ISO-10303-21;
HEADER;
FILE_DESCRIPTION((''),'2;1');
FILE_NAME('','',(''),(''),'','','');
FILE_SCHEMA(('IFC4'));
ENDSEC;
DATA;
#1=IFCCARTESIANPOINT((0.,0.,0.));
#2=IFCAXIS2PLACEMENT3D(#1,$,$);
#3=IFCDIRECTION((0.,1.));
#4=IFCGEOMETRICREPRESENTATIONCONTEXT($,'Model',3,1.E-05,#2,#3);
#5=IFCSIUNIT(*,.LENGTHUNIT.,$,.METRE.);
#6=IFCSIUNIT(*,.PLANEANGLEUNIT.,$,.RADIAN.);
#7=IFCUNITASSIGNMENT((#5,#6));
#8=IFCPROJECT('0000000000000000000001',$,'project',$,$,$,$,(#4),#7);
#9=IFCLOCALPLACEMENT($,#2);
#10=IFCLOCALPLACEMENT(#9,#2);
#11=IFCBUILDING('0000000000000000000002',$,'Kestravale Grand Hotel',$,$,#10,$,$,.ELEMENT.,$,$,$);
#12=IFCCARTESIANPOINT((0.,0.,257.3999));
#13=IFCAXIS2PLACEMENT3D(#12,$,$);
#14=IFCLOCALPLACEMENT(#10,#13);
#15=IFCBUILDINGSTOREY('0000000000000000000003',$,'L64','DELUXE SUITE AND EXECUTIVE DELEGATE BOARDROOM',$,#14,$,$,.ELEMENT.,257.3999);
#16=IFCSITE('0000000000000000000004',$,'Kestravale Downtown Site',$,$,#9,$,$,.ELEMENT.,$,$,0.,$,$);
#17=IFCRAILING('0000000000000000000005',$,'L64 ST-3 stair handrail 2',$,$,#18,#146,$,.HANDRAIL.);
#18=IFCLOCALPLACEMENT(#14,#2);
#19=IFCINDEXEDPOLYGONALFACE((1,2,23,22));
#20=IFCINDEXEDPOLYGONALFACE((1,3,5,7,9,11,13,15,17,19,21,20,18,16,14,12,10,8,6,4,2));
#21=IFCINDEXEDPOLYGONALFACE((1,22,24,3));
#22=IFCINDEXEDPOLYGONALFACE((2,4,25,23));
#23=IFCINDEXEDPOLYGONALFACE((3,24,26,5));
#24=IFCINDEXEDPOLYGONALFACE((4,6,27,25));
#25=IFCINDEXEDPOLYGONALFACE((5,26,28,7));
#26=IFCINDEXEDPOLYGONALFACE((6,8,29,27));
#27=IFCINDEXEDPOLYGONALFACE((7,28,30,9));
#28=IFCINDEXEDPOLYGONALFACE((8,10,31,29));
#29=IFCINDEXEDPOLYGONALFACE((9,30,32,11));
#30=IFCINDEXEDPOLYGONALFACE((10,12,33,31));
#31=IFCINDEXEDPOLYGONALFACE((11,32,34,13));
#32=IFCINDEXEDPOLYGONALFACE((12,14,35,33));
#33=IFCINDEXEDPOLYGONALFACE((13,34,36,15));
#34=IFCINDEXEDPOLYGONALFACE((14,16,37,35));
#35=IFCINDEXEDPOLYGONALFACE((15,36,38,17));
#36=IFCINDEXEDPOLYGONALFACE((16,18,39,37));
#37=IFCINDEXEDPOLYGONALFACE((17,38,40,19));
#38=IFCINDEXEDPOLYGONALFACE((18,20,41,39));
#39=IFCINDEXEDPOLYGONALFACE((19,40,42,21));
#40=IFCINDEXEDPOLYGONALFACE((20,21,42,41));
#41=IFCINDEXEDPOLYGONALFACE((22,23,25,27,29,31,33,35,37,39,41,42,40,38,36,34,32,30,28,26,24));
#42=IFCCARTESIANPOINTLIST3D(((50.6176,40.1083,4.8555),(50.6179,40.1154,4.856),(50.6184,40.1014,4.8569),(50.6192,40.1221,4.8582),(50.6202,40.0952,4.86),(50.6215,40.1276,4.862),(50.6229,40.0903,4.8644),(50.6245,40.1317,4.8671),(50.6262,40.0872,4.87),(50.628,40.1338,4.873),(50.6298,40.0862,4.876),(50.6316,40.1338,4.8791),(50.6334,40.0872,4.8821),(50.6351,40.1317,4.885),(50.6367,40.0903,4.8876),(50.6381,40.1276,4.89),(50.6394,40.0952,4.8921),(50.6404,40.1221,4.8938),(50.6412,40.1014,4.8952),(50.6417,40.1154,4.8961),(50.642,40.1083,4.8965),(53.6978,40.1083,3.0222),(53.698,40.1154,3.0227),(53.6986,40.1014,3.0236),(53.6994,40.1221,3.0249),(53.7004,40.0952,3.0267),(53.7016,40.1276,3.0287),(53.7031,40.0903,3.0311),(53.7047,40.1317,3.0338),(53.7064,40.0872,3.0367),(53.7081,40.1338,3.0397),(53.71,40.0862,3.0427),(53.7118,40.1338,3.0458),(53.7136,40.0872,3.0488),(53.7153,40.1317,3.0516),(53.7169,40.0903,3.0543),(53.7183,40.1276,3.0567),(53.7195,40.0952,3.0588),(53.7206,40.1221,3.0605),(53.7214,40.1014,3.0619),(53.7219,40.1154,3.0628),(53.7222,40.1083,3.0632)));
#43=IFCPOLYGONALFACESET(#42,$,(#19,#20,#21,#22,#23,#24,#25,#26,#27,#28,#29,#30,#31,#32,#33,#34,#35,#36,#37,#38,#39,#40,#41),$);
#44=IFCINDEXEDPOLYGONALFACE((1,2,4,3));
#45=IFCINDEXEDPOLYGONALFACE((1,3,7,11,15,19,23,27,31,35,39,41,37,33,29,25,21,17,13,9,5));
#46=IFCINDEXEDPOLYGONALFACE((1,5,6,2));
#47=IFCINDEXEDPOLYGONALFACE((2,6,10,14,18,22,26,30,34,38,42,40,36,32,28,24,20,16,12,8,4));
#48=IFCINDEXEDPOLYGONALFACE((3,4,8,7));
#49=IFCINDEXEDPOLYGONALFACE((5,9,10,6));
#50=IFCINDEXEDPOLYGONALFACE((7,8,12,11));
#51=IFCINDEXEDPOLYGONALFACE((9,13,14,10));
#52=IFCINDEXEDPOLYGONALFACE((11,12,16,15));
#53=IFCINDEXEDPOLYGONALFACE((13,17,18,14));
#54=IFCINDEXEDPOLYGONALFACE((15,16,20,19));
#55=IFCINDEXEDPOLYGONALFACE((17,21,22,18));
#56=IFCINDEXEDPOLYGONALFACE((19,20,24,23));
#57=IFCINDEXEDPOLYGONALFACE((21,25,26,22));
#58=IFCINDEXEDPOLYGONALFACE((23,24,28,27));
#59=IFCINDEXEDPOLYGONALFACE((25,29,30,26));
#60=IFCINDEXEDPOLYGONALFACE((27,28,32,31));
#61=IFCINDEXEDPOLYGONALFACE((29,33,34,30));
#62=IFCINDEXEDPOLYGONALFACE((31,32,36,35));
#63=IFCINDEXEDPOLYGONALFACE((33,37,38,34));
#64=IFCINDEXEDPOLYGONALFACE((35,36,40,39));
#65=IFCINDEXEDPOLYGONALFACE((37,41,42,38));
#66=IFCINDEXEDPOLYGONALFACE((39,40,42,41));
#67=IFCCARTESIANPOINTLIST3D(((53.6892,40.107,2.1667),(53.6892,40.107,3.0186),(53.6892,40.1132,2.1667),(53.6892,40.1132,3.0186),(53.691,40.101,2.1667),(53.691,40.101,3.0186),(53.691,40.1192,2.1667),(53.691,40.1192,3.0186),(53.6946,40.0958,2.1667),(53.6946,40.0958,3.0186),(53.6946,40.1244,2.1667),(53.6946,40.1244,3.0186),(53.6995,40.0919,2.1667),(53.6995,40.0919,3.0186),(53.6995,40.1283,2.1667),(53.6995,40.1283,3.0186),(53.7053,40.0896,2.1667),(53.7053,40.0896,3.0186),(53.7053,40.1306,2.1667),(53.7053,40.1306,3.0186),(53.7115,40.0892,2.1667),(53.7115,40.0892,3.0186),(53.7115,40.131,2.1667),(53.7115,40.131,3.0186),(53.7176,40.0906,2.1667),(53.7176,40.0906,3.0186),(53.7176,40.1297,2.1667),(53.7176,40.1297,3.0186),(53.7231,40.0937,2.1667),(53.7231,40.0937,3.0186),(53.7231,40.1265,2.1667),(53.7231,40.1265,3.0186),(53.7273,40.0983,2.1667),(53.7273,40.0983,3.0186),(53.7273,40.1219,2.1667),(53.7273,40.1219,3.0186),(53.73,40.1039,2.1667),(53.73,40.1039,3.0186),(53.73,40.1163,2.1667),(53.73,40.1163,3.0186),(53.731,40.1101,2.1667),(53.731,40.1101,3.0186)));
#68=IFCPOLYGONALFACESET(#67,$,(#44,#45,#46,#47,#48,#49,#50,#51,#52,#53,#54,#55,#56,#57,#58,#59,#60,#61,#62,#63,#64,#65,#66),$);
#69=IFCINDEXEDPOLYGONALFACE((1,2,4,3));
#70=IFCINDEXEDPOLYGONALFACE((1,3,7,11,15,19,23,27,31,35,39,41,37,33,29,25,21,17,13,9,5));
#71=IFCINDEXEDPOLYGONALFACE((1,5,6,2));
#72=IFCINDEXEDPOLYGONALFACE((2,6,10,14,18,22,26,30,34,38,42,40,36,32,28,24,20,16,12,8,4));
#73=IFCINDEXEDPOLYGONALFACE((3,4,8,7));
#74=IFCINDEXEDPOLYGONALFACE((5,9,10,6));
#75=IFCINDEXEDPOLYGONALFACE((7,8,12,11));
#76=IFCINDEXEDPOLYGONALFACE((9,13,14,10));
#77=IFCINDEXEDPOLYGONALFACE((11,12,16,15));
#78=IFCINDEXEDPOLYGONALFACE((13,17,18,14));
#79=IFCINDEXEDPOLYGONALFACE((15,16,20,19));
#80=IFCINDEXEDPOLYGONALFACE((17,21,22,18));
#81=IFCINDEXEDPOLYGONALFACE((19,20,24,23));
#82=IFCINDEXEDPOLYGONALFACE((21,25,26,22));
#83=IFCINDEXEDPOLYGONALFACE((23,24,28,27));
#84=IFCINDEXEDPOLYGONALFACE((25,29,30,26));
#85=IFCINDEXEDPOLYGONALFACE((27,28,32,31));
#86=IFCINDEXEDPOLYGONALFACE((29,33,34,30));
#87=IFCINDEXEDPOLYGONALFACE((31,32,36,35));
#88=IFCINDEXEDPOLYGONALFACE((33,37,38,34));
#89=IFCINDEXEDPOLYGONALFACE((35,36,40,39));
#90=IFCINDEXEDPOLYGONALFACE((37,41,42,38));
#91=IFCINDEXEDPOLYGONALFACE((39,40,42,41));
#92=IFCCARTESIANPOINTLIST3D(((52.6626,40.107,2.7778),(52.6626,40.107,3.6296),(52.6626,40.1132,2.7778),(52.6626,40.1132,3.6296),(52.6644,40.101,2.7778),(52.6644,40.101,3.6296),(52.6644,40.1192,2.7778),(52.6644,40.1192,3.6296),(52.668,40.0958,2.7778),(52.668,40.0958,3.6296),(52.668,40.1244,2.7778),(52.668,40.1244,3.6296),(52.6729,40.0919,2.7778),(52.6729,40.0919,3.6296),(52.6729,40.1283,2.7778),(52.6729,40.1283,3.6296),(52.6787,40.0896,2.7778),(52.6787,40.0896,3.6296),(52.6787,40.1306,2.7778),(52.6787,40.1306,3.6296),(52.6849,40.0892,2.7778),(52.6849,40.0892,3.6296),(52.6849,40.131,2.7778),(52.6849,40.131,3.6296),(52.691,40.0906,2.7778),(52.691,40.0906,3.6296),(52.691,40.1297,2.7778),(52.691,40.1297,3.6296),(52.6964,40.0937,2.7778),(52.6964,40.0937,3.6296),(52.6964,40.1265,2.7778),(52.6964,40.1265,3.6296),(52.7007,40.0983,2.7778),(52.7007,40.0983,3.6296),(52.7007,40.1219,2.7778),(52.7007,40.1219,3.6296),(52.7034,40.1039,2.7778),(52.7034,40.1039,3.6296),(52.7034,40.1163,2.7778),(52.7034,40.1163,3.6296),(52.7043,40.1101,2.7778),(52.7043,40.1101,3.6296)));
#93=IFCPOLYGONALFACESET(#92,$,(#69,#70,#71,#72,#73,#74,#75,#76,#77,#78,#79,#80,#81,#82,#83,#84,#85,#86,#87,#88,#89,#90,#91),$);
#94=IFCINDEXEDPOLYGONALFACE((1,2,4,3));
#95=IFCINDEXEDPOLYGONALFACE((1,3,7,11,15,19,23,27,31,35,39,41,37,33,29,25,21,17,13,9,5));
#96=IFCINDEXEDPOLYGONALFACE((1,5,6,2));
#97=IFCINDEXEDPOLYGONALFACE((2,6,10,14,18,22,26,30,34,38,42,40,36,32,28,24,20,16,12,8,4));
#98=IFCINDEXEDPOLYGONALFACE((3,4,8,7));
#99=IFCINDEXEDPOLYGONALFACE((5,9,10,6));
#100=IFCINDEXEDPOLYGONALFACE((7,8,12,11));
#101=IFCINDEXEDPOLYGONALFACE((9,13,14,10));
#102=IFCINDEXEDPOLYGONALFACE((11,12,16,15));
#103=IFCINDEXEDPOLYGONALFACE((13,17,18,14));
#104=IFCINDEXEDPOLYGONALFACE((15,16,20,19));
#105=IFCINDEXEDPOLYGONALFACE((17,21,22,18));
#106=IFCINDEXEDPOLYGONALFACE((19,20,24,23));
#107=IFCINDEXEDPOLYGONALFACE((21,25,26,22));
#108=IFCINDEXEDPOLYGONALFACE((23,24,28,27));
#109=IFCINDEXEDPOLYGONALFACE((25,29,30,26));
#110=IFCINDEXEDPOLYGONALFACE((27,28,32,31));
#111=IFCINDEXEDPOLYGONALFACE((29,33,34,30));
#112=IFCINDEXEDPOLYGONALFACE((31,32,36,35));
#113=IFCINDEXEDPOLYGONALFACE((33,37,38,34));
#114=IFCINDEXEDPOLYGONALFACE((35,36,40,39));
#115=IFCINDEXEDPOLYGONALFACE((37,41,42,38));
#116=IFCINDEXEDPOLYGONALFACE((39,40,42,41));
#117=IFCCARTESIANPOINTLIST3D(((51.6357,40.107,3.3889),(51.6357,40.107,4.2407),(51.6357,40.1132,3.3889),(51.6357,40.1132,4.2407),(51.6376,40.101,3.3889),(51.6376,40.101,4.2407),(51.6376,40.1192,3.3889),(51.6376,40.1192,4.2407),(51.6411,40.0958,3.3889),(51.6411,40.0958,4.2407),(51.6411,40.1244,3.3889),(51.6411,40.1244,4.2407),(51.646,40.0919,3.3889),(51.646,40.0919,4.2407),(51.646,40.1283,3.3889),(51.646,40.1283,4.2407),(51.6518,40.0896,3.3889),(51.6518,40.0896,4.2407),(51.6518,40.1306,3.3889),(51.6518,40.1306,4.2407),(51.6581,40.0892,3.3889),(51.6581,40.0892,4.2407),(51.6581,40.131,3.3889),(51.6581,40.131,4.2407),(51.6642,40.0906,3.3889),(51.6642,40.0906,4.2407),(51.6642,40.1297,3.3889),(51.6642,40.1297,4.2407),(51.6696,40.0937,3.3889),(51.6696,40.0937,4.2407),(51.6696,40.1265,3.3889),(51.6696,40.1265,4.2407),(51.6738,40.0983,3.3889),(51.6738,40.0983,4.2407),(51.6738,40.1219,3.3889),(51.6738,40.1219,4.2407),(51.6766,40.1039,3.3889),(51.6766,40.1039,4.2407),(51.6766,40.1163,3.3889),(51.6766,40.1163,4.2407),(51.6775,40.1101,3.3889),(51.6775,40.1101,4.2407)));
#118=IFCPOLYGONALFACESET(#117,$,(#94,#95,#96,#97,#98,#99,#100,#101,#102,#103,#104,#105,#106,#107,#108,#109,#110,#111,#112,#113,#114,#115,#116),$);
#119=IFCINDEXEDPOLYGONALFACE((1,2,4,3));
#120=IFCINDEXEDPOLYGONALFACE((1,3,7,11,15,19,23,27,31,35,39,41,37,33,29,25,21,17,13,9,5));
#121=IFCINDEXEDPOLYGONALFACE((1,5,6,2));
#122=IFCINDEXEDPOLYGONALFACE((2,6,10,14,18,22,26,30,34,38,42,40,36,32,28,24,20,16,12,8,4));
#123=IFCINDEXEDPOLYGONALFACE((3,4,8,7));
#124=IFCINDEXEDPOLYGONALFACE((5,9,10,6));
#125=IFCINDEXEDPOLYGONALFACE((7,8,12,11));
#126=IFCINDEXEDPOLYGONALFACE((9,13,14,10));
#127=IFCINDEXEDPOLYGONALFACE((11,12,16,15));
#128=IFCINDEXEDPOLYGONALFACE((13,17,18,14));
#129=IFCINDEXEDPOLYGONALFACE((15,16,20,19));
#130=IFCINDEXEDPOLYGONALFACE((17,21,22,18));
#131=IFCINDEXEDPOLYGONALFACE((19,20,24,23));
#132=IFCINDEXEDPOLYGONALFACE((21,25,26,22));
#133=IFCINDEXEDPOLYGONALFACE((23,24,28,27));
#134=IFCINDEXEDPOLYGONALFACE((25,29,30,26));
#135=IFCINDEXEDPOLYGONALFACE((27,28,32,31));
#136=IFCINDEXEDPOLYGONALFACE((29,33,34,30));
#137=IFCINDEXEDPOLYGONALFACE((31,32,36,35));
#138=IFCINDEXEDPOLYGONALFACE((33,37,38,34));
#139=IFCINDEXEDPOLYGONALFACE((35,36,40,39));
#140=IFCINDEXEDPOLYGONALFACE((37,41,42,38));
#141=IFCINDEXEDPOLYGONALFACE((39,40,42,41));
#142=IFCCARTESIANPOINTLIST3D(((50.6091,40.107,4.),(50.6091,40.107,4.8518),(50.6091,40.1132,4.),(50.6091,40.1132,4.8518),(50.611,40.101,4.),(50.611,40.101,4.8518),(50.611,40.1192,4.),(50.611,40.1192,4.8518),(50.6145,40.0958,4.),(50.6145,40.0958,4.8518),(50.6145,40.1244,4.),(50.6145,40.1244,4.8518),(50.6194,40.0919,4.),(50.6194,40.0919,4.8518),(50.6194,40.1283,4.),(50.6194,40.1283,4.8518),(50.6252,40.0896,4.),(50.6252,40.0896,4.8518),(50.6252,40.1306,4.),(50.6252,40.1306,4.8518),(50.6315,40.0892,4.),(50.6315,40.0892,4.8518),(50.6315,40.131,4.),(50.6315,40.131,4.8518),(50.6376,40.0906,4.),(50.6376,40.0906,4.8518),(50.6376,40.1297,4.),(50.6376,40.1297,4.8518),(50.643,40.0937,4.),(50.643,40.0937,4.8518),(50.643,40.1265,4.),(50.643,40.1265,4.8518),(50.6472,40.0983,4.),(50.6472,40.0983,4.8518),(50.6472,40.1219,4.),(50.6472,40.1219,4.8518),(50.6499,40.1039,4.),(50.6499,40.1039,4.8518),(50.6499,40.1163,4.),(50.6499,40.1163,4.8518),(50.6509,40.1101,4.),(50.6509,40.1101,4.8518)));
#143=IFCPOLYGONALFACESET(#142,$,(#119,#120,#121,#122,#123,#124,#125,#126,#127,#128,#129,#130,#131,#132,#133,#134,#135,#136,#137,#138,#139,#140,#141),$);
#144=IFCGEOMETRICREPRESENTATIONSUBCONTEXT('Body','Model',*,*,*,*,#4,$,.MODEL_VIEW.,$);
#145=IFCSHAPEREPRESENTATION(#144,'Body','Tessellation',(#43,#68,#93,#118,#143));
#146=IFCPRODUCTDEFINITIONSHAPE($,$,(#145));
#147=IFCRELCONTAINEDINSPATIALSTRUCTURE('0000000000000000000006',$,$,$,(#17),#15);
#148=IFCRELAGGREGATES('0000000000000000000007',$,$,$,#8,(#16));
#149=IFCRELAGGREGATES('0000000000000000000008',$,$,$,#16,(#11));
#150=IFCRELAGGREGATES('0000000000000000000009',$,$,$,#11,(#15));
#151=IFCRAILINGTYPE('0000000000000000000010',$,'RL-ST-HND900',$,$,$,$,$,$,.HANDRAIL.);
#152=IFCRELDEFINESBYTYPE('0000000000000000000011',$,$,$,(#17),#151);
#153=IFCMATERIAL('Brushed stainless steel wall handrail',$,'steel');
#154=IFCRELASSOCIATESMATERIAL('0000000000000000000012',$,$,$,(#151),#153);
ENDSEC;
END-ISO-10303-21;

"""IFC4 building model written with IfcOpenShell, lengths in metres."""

from ifc_helpers import new_model, si_unit, direction, frame, origin, origin_2d, place, context, subcontext, project, spatial, circle, extrude, material, type_object, element, save


model = new_model("IFC4")

# Units and contexts
model_context = context("Model", 3, precision=1e-05, world=origin(), true_north=direction((0.0, 1.0)))
body_context = subcontext(model_context, "Body", "Model", "MODEL_VIEW")
ifc_project = project(units=[si_unit("LENGTHUNIT", "METRE"), si_unit("PLANEANGLEUNIT", "RADIAN")], contexts=[model_context])

# Site, building, storey
site_placement = place(None, origin())
site = spatial("IfcSite", under=ifc_project, at=site_placement, Name="Kestravale Downtown Site", CompositionType="ELEMENT", RefElevation=0.0)
building_placement = place(site_placement, origin())
building = spatial("IfcBuilding", under=site, at=building_placement, Name="Kestravale Grand Hotel", CompositionType="ELEMENT")
storey_placement = place(building_placement, frame((0.0, 0.0, 257.3999)))
storey = spatial("IfcBuildingStorey", under=building, at=storey_placement, Name="L64", Description="DELUXE SUITE AND EXECUTIVE DELEGATE BOARDROOM", CompositionType="ELEMENT", Elevation=257.3999)

# Railing
ifc_material_1 = material(Name="Brushed stainless steel wall handrail", Category="steel")
railing_type_1 = type_object("IfcRailingType", Name="RL-ST-HND900", PredefinedType="HANDRAIL", material=ifc_material_1)
railing_1_placement = place(storey_placement, frame((53.71, 40.1101, 2.1667)))
element("IfcRailing", 1, at=railing_1_placement, inside=storey, type_object=railing_type_1, Name="L64 ST-3 stair handrail 2", PredefinedType="HANDRAIL", context=body_context, shape_type="SweptSolid", body=[
    extrude(circle(Radius=0.0239, at=origin_2d()), frame((0.0, 0.0, 0.876), z_axis=(-0.859309, 0.0, 0.511458), x_axis=(0.0, -1.0, 0.0)), (0.0, 0.0, 1.0), 3.5845),
    extrude(circle(Radius=0.021, at=origin_2d()), origin(), (0.0, 0.0, 1.0), 0.8518),
    extrude(circle(Radius=0.021, at=origin_2d()), frame((-1.0266, 0.0, 0.6111)), (0.0, 0.0, 1.0), 0.8518),
    extrude(circle(Radius=0.021, at=origin_2d()), frame((-2.0535, 0.0, 1.2222)), (0.0, 0.0, 1.0), 0.8518),
    extrude(circle(Radius=0.021, at=origin_2d()), frame((-3.0801, 0.0, 1.8333)), (0.0, 0.0, 1.0), 0.8518),
])

save(model, "model.ifc")
